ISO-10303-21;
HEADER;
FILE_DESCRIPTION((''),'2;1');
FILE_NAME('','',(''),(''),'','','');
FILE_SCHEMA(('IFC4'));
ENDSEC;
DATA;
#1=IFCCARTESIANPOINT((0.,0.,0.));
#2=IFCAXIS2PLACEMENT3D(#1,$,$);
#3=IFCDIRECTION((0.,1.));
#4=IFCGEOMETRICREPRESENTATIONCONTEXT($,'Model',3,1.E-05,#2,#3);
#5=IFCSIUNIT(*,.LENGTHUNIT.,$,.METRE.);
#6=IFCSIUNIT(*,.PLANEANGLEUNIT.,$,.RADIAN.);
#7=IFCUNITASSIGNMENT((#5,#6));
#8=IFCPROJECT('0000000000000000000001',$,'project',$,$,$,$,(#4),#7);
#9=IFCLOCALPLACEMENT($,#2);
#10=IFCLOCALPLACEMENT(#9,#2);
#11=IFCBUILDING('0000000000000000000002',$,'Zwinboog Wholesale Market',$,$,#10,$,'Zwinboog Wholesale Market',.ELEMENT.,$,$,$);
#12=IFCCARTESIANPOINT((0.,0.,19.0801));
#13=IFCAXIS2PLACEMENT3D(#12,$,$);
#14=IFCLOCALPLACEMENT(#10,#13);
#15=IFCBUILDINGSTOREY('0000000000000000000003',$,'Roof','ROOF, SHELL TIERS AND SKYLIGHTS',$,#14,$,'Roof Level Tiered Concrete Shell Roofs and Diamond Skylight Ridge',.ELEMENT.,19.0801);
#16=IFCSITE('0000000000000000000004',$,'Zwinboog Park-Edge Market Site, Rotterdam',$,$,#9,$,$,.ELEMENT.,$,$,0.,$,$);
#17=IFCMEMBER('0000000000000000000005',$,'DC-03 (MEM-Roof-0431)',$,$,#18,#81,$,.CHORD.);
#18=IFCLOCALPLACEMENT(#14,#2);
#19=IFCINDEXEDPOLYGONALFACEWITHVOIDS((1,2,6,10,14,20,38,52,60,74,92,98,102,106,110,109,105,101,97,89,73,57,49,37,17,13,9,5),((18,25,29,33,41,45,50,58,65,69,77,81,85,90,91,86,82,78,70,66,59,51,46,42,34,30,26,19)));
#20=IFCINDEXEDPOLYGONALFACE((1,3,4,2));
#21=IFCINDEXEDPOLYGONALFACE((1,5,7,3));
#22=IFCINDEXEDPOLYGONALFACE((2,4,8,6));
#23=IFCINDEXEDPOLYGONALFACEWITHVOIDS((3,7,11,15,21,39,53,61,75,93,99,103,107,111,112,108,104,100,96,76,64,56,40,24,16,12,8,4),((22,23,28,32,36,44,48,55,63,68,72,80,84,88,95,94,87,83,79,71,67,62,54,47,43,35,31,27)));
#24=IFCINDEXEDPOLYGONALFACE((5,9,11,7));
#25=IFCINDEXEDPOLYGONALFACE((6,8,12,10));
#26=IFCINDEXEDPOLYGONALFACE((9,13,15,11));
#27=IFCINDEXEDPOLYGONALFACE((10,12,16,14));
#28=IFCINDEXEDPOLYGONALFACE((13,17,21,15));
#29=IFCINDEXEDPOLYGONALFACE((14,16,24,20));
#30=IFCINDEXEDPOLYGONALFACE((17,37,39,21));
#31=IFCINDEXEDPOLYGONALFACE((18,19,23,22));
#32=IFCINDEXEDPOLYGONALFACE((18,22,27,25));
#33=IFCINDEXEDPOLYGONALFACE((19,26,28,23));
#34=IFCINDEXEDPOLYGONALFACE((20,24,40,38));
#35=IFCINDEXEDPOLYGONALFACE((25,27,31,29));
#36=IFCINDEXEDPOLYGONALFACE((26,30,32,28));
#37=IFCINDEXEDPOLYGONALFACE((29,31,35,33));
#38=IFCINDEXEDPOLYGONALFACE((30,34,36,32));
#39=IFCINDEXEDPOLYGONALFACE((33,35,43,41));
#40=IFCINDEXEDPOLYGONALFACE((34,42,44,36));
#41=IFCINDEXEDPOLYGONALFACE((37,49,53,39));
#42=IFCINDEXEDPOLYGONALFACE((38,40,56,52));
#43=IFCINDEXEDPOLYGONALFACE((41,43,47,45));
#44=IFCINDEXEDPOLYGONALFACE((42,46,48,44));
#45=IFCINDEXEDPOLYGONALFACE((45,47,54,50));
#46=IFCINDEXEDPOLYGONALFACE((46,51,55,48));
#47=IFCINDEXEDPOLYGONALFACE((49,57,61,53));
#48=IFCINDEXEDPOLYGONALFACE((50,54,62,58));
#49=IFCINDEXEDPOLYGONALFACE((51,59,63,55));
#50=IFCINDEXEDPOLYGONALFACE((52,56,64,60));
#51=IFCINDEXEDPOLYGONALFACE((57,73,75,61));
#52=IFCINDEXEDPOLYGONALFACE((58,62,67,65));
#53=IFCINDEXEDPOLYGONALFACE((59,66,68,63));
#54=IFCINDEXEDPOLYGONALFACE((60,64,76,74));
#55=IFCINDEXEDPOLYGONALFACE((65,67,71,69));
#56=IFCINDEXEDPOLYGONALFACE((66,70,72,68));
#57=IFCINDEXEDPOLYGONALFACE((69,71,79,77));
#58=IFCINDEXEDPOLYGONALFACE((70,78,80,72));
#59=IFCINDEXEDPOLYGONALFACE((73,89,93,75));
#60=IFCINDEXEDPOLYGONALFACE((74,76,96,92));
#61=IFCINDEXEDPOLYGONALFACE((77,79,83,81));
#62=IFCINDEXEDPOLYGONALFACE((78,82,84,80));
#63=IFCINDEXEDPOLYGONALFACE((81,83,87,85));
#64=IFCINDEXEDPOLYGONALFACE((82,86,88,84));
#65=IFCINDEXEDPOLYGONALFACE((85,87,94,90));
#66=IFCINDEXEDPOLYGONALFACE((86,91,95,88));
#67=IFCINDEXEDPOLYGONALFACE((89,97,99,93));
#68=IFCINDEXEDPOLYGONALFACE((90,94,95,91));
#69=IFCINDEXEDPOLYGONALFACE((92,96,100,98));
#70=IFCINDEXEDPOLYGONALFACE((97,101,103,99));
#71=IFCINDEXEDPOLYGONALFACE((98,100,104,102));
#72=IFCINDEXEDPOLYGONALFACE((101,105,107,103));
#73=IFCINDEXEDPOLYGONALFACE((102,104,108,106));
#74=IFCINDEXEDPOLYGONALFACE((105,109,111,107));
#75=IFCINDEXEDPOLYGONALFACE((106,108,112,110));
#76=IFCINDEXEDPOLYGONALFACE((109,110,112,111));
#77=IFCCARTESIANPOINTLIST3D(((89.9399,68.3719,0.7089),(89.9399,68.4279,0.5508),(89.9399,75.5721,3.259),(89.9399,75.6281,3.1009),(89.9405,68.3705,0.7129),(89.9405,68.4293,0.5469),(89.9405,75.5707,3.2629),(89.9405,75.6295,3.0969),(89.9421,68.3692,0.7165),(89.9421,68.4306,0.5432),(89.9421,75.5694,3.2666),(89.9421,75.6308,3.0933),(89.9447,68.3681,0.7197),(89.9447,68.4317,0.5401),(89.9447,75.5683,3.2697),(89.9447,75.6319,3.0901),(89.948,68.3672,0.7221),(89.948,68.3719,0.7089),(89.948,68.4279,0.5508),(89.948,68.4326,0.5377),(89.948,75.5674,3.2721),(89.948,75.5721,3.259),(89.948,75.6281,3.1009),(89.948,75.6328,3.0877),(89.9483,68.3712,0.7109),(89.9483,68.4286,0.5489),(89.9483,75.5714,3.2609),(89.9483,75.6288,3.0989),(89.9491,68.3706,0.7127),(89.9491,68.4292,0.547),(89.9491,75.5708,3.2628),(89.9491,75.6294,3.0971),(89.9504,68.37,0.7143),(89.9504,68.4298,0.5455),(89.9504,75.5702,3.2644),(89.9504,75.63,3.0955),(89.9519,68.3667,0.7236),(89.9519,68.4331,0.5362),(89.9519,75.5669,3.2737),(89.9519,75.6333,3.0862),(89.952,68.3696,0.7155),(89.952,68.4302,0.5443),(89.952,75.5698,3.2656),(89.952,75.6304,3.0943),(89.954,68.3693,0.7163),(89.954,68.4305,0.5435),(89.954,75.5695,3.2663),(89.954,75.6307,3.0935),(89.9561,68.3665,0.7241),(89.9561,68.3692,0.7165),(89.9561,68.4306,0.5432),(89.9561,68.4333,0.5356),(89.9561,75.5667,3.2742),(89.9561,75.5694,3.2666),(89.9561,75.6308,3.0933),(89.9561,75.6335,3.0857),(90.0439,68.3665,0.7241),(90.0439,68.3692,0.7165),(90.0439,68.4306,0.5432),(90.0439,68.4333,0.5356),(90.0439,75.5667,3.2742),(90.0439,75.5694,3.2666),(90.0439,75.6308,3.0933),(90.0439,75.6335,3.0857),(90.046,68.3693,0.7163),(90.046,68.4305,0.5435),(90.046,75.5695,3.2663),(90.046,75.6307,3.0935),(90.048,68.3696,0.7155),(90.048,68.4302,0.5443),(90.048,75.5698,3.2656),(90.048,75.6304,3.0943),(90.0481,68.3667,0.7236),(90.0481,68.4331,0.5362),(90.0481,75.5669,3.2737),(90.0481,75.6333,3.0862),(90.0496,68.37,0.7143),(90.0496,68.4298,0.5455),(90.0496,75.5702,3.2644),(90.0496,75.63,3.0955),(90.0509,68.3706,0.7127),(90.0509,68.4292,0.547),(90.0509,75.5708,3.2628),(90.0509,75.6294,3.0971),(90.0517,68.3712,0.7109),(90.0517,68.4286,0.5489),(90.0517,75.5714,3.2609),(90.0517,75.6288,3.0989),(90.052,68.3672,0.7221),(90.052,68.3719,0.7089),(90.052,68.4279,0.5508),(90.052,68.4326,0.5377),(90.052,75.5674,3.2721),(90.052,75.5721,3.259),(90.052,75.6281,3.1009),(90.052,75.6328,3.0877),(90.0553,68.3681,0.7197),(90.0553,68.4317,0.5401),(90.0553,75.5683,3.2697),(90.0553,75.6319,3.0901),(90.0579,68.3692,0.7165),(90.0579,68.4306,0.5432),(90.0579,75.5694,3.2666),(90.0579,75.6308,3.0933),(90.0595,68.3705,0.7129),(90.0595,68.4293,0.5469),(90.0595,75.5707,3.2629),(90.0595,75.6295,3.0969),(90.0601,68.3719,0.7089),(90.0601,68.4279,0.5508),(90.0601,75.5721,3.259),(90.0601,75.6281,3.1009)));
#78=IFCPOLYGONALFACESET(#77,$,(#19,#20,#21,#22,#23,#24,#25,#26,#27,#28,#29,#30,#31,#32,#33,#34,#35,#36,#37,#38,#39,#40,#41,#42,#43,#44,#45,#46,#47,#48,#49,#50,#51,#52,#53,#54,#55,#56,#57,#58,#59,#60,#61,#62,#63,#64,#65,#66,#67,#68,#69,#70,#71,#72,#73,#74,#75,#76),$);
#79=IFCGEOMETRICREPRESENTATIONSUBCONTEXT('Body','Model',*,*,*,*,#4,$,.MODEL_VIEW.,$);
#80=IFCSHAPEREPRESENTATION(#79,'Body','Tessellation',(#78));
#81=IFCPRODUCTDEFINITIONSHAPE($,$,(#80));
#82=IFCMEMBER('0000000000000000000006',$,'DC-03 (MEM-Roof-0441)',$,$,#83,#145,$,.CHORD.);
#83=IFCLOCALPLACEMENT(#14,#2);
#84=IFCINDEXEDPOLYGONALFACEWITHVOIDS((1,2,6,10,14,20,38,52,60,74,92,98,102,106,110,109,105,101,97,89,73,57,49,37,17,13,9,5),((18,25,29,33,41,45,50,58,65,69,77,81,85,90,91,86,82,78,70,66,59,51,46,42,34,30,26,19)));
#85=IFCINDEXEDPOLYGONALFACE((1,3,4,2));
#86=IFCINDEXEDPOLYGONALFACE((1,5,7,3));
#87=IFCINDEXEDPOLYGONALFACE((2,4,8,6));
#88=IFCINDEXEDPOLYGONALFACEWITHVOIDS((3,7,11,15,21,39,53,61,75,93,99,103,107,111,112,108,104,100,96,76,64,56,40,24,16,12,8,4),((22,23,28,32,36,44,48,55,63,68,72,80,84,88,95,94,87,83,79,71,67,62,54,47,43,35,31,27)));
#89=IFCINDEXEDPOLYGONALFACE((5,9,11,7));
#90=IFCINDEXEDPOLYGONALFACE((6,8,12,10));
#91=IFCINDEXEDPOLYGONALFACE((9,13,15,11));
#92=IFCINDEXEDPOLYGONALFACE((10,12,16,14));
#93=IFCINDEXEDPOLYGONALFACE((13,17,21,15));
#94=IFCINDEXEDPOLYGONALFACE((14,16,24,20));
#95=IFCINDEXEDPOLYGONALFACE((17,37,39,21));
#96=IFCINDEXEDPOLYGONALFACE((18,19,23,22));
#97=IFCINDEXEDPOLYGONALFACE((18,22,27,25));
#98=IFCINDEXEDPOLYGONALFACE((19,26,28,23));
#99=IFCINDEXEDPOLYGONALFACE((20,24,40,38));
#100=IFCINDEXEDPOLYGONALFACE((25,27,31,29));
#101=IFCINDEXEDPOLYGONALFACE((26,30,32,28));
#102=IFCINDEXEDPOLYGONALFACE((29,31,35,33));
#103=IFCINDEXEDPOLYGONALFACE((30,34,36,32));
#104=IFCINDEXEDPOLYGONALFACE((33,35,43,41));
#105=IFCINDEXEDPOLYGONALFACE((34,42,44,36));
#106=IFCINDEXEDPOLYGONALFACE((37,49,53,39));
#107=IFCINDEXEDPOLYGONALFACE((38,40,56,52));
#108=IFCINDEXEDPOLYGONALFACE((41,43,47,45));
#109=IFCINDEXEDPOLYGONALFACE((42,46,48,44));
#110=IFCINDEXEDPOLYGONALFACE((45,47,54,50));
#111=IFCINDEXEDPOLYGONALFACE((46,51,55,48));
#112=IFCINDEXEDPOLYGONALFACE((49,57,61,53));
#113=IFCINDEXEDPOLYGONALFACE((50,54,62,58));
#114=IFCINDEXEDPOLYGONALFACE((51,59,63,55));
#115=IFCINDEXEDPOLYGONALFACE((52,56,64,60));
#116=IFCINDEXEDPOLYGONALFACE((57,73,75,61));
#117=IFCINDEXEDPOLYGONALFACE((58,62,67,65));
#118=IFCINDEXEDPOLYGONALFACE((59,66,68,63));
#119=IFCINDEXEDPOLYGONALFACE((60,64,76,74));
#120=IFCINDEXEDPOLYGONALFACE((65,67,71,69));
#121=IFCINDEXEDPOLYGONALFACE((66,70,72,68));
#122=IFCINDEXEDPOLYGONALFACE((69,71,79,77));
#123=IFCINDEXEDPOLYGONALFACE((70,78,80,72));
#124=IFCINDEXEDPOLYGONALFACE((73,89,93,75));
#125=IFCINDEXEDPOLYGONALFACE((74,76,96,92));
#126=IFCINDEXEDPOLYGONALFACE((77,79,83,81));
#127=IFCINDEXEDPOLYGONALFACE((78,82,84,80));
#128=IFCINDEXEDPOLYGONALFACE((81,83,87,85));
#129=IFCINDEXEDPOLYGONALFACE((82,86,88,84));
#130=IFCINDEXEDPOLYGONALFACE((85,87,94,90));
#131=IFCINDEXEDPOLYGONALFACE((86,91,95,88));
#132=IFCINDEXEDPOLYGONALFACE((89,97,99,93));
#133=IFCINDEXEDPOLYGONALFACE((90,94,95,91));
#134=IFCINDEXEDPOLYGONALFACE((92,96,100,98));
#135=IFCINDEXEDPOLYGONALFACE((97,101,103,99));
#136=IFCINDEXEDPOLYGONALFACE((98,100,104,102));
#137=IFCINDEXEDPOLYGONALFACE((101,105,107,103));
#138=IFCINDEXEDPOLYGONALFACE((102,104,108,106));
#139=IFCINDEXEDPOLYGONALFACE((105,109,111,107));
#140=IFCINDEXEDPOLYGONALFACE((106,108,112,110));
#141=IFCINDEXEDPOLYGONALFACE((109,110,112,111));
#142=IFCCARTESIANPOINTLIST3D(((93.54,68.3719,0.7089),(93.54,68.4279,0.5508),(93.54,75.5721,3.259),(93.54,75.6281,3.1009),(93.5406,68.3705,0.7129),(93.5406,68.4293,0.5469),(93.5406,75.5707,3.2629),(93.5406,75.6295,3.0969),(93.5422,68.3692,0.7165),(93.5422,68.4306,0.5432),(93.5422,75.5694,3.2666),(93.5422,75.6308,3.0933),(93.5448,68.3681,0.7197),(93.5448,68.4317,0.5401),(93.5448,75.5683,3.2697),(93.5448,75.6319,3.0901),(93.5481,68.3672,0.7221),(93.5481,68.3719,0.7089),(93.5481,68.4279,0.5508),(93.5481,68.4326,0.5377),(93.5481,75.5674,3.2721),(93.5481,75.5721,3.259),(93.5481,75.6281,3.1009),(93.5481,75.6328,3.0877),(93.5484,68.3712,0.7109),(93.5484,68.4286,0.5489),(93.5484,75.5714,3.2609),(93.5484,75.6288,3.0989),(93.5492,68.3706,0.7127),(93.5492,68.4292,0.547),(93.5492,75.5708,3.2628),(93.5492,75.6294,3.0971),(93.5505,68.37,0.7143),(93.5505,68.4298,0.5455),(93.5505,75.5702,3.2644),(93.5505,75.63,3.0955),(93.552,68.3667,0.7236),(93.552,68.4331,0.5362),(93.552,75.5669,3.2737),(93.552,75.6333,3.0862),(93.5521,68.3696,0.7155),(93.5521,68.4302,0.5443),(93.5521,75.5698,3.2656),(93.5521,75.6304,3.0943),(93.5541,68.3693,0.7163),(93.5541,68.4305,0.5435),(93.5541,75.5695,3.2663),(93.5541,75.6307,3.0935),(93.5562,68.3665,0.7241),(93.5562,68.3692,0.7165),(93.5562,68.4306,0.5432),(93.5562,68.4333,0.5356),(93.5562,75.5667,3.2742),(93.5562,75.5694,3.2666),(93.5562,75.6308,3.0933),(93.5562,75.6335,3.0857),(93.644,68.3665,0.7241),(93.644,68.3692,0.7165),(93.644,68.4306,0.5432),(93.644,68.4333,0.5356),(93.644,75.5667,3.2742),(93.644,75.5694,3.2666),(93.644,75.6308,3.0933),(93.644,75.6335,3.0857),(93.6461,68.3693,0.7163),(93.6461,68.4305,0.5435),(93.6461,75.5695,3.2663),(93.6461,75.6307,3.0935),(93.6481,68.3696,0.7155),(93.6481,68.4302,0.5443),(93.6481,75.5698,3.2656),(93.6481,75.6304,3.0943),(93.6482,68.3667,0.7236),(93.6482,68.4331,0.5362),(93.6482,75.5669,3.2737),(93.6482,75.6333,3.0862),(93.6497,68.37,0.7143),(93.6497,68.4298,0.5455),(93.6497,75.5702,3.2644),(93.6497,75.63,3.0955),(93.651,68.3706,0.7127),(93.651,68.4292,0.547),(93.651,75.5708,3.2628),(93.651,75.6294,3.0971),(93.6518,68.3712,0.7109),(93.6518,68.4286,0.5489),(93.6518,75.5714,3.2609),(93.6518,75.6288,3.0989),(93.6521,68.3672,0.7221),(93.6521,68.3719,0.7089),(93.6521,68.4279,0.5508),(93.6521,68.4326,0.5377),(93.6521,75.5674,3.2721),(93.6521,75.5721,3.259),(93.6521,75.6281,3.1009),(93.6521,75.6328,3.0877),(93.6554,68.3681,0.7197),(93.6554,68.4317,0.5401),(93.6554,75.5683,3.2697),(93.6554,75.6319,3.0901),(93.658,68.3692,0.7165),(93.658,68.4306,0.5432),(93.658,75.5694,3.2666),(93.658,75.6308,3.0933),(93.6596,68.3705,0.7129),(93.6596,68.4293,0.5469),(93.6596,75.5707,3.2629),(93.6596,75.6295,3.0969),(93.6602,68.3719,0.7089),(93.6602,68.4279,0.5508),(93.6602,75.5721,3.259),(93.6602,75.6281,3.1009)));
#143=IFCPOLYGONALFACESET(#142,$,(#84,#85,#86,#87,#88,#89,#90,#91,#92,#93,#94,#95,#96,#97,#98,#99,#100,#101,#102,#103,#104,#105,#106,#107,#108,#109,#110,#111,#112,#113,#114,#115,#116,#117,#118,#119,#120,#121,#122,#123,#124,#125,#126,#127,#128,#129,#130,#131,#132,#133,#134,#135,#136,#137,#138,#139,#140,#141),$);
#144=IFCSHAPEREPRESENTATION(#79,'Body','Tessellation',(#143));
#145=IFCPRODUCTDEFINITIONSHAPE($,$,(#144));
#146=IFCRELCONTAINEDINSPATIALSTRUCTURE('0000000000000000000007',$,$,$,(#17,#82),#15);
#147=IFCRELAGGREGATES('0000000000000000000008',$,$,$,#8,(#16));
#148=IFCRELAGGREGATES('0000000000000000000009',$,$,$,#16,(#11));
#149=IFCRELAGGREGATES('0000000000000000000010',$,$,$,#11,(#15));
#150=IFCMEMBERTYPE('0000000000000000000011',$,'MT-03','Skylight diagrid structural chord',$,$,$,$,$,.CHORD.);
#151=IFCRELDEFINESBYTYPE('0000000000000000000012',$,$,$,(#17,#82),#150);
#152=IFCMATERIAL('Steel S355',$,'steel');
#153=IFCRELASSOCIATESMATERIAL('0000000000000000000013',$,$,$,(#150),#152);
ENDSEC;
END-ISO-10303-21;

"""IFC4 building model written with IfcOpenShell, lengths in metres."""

from ifc_helpers import new_model, si_unit, direction, frame, origin, origin_2d, place, context, subcontext, project, spatial, hollow_rectangle, extrude, material, material_profile, profile_set, type_object, element, save


model = new_model("IFC4")

# Units and contexts
model_context = context("Model", 3, precision=1e-05, world=origin(), true_north=direction((0.0, 1.0)))
body_context = subcontext(model_context, "Body", "Model", "MODEL_VIEW")
ifc_project = project(units=[si_unit("LENGTHUNIT", "METRE"), si_unit("PLANEANGLEUNIT", "RADIAN")], contexts=[model_context])

# Site, building, storey
site_placement = place(None, origin())
site = spatial("IfcSite", under=ifc_project, at=site_placement, Name="Zwinboog Park-Edge Market Site, Rotterdam", CompositionType="ELEMENT", RefElevation=0.0)
building_placement = place(site_placement, origin())
building = spatial("IfcBuilding", under=site, at=building_placement, Name="Zwinboog Wholesale Market", LongName="Zwinboog Wholesale Market", CompositionType="ELEMENT")
storey_placement = place(building_placement, frame((0.0, 0.0, 19.0801)))
storey = spatial("IfcBuildingStorey", under=building, at=storey_placement, Name="Roof", Description="ROOF, SHELL TIERS AND SKYLIGHTS", LongName="Roof Level Tiered Concrete Shell Roofs and Diamond Skylight Ridge", CompositionType="ELEMENT", Elevation=19.0801)

# Members
ifc_material_1 = material(Name="Steel S355", Category="steel")
ifc_material_profile_1 = material_profile(ifc_material_1, hollow_rectangle(XDim=0.1201, YDim=0.2, WallThickness=0.0081, InnerFilletRadius=0.0081, OuterFilletRadius=0.0161, at=origin_2d()), Name="RHS 200x120x8")
ifc_profile_set_1 = profile_set([ifc_material_profile_1], Name="Steel S355")
member_type_1 = type_object("IfcMemberType", Name="MT-03", Description="Skylight diagrid structural chord", PredefinedType="CHORD", material=ifc_profile_set_1)
for number, where, z_axis, x_axis, name in (
    (1, (90.0, 68.3999, 0.6299), (0.0, 0.942628, 0.333845), (-1.0, 0.0, 0.0), "DC-03 (MEM-Roof-0431)"),
    (2, (93.6001, 68.3999, 0.6299), (0.0, 0.942628, 0.333845), (-1.0, 0.0, 0.0), "DC-03 (MEM-Roof-0441)"),
):
    element("IfcMember", number, at=place(storey_placement, frame(where, z_axis=z_axis, x_axis=x_axis)), inside=storey, type_object=member_type_1, Name=name, PredefinedType="CHORD", context=body_context, shape_type="SweptSolid", body=[
        extrude(hollow_rectangle(XDim=0.1201, YDim=0.2, WallThickness=0.0081, InnerFilletRadius=0.0081, OuterFilletRadius=0.0161, at=origin_2d()), origin(), (0.0, 0.0, 1.0), 7.6384),
    ])

save(model, "model.ifc")
